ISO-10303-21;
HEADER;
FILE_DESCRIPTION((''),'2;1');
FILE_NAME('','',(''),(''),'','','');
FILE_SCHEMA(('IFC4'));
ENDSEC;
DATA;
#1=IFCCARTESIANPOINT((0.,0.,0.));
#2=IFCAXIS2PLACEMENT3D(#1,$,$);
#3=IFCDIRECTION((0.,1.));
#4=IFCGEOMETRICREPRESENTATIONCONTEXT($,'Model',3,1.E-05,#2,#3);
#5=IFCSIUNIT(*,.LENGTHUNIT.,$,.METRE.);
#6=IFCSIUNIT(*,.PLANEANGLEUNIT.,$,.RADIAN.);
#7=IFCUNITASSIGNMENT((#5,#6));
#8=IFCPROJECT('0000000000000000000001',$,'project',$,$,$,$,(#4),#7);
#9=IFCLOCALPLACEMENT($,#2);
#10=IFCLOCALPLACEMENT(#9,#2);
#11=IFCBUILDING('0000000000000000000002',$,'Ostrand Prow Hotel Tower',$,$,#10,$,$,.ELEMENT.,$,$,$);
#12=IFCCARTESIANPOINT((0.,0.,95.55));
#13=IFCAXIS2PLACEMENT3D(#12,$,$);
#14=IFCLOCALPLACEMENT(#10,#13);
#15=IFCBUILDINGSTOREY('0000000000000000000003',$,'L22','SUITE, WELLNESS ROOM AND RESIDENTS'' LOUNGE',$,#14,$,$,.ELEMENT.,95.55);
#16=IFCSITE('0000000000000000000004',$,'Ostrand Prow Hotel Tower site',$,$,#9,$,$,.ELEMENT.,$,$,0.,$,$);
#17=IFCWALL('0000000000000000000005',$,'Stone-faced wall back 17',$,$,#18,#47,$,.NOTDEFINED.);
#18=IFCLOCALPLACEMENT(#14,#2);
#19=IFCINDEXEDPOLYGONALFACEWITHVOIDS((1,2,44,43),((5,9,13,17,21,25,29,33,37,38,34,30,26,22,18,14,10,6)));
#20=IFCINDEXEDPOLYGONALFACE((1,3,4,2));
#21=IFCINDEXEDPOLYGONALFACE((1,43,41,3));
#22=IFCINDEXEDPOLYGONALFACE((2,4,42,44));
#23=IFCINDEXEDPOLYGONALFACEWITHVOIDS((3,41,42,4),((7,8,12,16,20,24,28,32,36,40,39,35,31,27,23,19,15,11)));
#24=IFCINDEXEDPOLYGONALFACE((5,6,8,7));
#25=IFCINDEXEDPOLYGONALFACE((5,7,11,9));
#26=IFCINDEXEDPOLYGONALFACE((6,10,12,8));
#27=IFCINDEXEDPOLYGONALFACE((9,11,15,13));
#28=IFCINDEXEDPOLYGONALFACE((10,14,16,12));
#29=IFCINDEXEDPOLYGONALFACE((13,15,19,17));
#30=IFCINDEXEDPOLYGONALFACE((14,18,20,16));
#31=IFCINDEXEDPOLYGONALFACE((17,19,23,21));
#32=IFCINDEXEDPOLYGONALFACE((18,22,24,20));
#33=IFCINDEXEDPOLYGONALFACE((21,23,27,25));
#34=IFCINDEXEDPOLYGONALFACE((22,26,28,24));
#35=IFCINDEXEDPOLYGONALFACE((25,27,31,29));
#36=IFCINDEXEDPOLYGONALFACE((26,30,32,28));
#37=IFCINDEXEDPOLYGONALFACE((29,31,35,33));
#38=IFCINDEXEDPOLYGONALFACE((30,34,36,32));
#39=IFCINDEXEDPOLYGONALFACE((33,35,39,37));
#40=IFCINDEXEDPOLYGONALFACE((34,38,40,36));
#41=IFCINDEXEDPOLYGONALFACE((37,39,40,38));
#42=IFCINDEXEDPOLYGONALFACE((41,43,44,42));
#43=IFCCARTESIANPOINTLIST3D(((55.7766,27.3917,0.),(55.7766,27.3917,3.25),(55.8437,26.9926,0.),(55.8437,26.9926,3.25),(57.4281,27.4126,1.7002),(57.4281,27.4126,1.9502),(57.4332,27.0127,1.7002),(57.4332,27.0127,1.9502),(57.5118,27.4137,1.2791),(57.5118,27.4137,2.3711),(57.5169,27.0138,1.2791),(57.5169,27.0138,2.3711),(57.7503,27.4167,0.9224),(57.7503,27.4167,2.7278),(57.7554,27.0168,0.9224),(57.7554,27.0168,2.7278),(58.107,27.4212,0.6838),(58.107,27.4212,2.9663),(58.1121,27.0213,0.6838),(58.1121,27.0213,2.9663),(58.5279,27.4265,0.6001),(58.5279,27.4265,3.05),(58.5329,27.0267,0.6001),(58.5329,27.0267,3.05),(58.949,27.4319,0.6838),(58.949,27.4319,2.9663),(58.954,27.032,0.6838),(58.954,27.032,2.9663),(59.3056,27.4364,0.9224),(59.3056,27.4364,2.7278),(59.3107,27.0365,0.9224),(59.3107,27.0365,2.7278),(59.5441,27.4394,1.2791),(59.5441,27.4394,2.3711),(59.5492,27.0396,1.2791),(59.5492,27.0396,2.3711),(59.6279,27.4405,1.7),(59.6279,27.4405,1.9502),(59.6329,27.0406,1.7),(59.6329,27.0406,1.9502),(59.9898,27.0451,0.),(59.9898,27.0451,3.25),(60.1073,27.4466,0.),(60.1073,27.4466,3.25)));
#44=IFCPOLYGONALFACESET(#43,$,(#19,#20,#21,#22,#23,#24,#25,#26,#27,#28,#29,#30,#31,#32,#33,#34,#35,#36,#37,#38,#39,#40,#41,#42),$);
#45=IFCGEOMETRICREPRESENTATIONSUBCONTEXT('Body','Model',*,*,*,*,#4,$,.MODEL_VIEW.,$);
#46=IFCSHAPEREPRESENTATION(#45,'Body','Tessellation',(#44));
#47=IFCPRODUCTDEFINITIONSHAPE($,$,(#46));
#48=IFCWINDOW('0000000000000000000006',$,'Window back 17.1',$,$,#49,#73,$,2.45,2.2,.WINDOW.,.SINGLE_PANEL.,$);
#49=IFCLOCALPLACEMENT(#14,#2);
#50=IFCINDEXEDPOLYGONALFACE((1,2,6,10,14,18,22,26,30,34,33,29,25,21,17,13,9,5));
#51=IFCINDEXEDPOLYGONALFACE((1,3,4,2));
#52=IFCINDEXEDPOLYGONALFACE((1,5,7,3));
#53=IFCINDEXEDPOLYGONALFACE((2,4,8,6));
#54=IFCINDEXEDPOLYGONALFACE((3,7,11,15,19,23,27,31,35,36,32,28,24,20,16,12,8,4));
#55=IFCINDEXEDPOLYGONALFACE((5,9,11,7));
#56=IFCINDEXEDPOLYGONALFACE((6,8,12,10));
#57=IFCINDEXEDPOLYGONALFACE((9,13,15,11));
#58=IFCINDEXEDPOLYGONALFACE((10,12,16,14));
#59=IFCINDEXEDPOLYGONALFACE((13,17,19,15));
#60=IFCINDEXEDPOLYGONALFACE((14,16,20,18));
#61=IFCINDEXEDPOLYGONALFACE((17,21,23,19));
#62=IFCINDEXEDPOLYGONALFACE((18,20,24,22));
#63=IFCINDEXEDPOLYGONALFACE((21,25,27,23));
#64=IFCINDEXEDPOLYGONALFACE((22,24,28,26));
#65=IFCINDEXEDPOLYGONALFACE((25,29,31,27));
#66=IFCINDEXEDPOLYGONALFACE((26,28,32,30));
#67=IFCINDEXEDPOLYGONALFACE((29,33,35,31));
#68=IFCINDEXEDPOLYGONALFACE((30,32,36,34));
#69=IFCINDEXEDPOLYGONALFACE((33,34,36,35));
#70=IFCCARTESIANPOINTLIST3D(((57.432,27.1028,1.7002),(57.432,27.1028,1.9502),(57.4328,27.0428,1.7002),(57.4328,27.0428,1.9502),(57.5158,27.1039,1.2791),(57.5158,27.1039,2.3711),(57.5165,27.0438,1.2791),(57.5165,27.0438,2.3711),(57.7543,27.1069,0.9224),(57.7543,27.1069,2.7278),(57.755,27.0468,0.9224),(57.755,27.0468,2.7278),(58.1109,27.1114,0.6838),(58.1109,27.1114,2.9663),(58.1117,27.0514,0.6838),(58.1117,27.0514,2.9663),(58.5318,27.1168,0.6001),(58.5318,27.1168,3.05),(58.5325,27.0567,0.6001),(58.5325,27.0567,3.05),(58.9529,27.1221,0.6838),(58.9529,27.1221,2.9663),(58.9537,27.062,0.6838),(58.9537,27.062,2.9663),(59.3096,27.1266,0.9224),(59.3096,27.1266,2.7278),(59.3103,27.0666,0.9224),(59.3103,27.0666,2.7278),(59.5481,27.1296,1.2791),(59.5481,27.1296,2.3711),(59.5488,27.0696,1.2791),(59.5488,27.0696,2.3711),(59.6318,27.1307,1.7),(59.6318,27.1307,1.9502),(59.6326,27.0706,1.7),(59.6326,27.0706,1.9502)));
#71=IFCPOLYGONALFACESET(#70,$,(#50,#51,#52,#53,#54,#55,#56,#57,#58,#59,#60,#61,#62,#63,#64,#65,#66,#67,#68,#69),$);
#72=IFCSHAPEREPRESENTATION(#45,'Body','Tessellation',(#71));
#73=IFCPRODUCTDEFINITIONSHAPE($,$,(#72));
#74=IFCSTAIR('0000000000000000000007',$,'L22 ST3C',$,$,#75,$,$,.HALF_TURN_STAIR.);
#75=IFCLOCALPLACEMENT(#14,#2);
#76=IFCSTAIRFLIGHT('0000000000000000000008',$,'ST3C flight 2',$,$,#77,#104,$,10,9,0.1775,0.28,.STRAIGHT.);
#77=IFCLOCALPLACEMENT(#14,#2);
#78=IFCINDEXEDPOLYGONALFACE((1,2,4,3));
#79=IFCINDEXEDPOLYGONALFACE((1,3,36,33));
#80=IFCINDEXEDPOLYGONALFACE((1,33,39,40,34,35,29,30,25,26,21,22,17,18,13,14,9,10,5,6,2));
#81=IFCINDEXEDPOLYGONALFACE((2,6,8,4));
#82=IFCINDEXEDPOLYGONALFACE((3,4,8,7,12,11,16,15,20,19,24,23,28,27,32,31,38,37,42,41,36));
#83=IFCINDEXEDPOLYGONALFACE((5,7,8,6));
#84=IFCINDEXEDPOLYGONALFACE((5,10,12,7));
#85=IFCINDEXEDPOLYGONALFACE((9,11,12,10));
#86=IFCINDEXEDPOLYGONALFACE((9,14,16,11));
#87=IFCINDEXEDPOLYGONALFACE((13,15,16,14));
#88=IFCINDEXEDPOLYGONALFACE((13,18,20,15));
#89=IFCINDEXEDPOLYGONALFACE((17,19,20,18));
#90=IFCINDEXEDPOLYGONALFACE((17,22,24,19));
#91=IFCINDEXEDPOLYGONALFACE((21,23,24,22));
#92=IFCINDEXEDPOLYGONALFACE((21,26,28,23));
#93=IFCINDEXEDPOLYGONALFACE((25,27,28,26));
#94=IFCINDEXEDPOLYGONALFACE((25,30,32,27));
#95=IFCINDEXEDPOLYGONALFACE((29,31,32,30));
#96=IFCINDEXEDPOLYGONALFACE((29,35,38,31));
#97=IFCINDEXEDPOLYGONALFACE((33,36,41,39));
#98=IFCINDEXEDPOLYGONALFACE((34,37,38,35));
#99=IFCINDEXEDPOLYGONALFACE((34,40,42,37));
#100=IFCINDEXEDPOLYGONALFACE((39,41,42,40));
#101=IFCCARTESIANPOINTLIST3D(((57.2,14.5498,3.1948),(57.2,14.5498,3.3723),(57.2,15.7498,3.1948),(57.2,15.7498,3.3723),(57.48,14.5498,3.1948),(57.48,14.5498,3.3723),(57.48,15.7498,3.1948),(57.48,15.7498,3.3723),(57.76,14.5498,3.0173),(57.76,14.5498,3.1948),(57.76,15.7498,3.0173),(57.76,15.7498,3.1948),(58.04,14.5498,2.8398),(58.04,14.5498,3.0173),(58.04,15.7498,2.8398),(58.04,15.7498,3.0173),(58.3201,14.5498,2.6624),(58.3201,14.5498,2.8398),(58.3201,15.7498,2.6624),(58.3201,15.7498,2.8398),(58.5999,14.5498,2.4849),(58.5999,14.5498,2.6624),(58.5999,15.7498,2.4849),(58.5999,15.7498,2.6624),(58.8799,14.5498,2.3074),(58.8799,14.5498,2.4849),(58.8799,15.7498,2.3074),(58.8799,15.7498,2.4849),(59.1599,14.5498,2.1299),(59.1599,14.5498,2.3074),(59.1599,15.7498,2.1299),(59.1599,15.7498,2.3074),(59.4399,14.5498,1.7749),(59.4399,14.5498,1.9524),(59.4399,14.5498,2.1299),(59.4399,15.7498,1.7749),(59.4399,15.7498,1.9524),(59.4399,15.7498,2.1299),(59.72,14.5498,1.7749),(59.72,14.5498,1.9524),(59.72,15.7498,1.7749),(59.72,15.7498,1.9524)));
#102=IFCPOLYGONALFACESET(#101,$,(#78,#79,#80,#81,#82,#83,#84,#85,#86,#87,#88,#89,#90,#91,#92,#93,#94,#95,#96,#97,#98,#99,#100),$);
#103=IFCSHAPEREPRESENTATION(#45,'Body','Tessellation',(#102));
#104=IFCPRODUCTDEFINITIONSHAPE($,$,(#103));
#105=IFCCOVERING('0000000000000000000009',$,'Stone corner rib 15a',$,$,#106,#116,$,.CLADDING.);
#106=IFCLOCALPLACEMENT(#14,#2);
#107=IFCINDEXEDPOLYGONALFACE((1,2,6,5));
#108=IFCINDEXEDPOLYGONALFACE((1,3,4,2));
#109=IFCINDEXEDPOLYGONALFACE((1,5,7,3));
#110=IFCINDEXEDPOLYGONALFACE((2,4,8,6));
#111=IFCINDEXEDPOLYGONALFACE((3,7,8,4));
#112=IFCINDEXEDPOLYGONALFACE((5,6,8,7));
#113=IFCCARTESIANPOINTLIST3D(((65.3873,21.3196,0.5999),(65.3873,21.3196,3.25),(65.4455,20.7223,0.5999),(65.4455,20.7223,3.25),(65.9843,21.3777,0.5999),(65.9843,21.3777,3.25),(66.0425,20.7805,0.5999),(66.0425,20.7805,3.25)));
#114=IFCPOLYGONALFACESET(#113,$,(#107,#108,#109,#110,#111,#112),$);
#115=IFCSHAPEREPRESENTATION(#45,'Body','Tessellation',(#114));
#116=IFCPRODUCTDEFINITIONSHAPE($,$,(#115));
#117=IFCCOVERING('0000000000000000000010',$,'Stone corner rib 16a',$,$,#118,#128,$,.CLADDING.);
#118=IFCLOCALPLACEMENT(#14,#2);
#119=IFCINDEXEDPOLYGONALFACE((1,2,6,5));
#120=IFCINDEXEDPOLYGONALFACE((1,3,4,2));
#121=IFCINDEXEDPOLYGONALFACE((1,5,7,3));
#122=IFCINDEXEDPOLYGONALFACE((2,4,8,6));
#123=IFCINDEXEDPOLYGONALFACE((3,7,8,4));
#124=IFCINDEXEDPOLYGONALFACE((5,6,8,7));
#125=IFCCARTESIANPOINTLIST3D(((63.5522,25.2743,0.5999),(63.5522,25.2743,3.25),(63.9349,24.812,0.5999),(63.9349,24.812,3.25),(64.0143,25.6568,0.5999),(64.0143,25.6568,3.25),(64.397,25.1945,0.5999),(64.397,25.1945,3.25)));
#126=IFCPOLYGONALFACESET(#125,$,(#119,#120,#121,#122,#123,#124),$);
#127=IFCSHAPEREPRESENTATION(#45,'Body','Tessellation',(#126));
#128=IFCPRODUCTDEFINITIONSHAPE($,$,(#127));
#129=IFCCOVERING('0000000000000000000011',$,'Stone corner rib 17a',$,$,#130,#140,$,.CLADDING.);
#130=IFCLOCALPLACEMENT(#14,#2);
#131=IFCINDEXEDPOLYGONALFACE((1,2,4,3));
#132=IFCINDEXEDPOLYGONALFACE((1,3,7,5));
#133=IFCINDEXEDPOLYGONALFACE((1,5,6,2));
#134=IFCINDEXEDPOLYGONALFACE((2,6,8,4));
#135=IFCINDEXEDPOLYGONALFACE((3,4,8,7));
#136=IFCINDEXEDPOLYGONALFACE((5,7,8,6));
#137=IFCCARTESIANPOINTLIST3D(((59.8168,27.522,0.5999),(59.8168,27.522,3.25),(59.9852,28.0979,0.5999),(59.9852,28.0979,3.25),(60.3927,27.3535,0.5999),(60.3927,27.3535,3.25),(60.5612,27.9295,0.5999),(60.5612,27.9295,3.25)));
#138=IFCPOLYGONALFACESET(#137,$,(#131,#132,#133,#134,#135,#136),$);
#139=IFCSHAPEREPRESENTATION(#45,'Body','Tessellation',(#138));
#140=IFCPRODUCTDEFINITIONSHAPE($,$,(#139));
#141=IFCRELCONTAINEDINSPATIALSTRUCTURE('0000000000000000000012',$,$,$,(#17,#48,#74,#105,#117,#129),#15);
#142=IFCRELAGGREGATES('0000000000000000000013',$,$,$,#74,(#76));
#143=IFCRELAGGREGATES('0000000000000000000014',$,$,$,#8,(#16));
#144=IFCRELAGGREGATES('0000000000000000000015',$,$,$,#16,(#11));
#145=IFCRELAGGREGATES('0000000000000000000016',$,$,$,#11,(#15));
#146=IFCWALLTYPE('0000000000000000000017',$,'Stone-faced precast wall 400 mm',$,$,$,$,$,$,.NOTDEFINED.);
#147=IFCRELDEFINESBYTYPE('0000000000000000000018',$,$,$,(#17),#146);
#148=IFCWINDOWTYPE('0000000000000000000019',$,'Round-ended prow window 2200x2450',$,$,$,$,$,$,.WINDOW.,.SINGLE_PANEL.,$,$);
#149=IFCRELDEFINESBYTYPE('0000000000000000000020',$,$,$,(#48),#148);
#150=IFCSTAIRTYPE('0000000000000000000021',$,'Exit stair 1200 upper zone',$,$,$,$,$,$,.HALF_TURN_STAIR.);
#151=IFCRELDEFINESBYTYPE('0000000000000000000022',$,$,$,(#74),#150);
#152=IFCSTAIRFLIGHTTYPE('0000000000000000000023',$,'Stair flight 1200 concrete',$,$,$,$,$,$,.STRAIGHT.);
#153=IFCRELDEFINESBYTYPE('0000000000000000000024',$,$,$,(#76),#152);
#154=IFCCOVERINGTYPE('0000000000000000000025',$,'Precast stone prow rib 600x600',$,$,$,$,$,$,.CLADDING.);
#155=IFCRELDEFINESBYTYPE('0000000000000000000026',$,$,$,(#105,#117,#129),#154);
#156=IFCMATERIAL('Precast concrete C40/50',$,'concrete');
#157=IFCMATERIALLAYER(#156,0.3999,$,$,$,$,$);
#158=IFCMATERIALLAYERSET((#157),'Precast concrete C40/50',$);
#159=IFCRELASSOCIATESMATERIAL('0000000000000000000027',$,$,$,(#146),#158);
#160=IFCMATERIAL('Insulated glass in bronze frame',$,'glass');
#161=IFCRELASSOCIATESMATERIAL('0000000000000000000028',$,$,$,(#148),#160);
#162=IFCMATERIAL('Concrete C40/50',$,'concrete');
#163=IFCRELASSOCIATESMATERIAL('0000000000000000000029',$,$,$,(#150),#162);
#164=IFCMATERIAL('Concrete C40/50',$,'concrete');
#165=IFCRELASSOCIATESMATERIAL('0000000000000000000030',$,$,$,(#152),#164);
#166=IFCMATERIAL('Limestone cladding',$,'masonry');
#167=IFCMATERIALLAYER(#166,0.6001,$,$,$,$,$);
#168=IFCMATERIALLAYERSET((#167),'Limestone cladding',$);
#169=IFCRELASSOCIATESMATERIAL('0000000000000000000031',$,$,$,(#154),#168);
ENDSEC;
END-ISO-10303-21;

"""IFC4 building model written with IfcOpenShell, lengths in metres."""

from ifc_helpers import new_model, si_unit, direction, frame, frame_2d, origin, place, context, subcontext, project, spatial, polyline, rectangle, outline, extrude, material, layer, layer_set, type_object, element, fill, aggregate, save


model = new_model("IFC4")

# Units and contexts
model_context = context("Model", 3, precision=1e-05, world=origin(), true_north=direction((0.0, 1.0)))
body_context = subcontext(model_context, "Body", "Model", "MODEL_VIEW")
ifc_project = project(units=[si_unit("LENGTHUNIT", "METRE"), si_unit("PLANEANGLEUNIT", "RADIAN")], contexts=[model_context])

# Site, building, storey
site_placement = place(None, origin())
site = spatial("IfcSite", under=ifc_project, at=site_placement, Name="Ostrand Prow Hotel Tower site", CompositionType="ELEMENT", RefElevation=0.0)
building_placement = place(site_placement, origin())
building = spatial("IfcBuilding", under=site, at=building_placement, Name="Ostrand Prow Hotel Tower", CompositionType="ELEMENT")
storey_placement = place(building_placement, frame((0.0, 0.0, 95.55)))
storey = spatial("IfcBuildingStorey", under=building, at=storey_placement, Name="L22", Description="SUITE, WELLNESS ROOM AND RESIDENTS' LOUNGE", CompositionType="ELEMENT", Elevation=95.55)

# Shared definitions
ifc_material_1 = material(Name="Precast concrete C40/50", Category="concrete")
ifc_layer_1 = layer(ifc_material_1, 0.3999)
ifc_layer_set_1 = layer_set([ifc_layer_1], Name="Precast concrete C40/50")
wall_type_1 = type_object("IfcWallType", Name="Stone-faced precast wall 400 mm", PredefinedType="NOTDEFINED", material=ifc_layer_set_1)

# Wall, opening, window
ifc_material_2 = material(Name="Insulated glass in bronze frame", Category="glass")
window_type_1 = type_object("IfcWindowType", Name="Round-ended prow window 2200x2450", PartitioningType="SINGLE_PANEL", PredefinedType="WINDOW", material=ifc_material_2)
wall_1_placement = place(storey_placement, frame((60.0486, 27.2458, 0.0), z_axis=(0.0, 0.0, 1.0), x_axis=(-0.99992, -0.012671, 0.0)))
wall_1 = element("IfcWall", 1, at=wall_1_placement, inside=storey, type_object=wall_type_1, Name="Stone-faced wall back 17", PredefinedType="NOTDEFINED", context=body_context, shape_type="SweptSolid", body=[
    extrude(outline(polyline([(-0.0613, -0.2), (4.2698, -0.2), (4.2078, 0.2), (0.0613, 0.2), (-0.0613, -0.2)])), origin(), (0.0, 0.0, 1.0), 3.25),
])
opening_1_placement = place(wall_1_placement, frame((0.4182, 0.0, 0.6001)))
opening_1 = element("IfcOpeningElement", 2, at=opening_1_placement, cuts=wall_1, PredefinedType="OPENING", context=body_context, shape_type="SweptSolid", body=[
    extrude(outline(polyline([(0.0, 1.3501), (0.0837, 1.771), (0.3223, 2.1277), (0.679, 2.3662), (1.1001, 2.45), (1.521, 2.3662), (1.8777, 2.1277), (2.1162, 1.771), (2.2, 1.3501), (2.2, 1.1001), (2.1162, 0.679), (1.8777, 0.3223), (1.521, 0.0837), (1.1001, 0.0), (0.679, 0.0837), (0.3223, 0.3223), (0.0837, 0.679), (0.0, 1.0999), (0.0, 1.3501)])), frame((0.0, 0.21, 0.0), z_axis=(0.0, -1.0, 0.0), x_axis=(1.0, 0.0, 0.0)), (0.0, 0.0, 1.0), 0.4199),
])
window_1_placement = place(opening_1_placement, origin())
window_1 = element("IfcWindow", 3, at=window_1_placement, inside=storey, type_object=window_type_1, Name="Window back 17.1", OverallHeight=2.45, OverallWidth=2.2, PartitioningType="SINGLE_PANEL", PredefinedType="WINDOW", context=body_context, shape_type="SweptSolid", body=[
    extrude(outline(polyline([(0.0, 1.3501), (0.0837, 1.771), (0.3223, 2.1277), (0.679, 2.3662), (1.1001, 2.45), (1.521, 2.3662), (1.8777, 2.1277), (2.1162, 1.771), (2.2, 1.3501), (2.2, 1.1001), (2.1162, 0.679), (1.8777, 0.3223), (1.521, 0.0837), (1.1001, 0.0), (0.679, 0.0837), (0.3223, 0.3223), (0.0837, 0.679), (0.0, 1.0999), (0.0, 1.3501)])), frame((0.0, 0.1699, 0.0), z_axis=(0.0, -1.0, 0.0), x_axis=(1.0, 0.0, 0.0)), (0.0, 0.0, 1.0), 0.0601),
])
fill(opening_1, window_1)

# Stair, stair flight
ifc_material_3 = material(Name="Concrete C40/50", Category="concrete")
stair_type = type_object("IfcStairType", Name="Exit stair 1200 upper zone", PredefinedType="HALF_TURN_STAIR", material=ifc_material_3)
stair_placement = place(storey_placement, origin())
stair = element("IfcStair", 4, at=stair_placement, inside=storey, type_object=stair_type, Name="L22 ST3C", PredefinedType="HALF_TURN_STAIR")
ifc_material_4 = material(Name="Concrete C40/50", Category="concrete")
stair_flight_type = type_object("IfcStairFlightType", Name="Stair flight 1200 concrete", PredefinedType="STRAIGHT", material=ifc_material_4)
stair_flight_placement = place(storey_placement, frame((59.72, 15.1499, 1.7749), z_axis=(0.0, 0.0, 1.0), x_axis=(-1.0, 0.0, 0.0)))
stair_flight = element("IfcStairFlight", 5, at=stair_flight_placement, type_object=stair_flight_type, Name="ST3C flight 2", NumberOfRisers=10, NumberOfTreads=9, PredefinedType="STRAIGHT", RiserHeight=0.1775, TreadLength=0.28, context=body_context, shape_type="SweptSolid", body=[
    extrude(outline(polyline([(0.0, 0.0), (0.0, 0.1775), (0.28, 0.1775), (0.28, 0.355), (0.5601, 0.355), (0.5601, 0.5325), (0.8401, 0.5325), (0.8401, 0.71), (1.1201, 0.71), (1.1201, 0.8875), (1.3999, 0.8875), (1.3999, 1.0649), (1.6799, 1.0649), (1.6799, 1.2424), (1.96, 1.2424), (1.96, 1.4199), (2.24, 1.4199), (2.24, 1.5974), (2.52, 1.5974), (2.52, 1.7749), (2.52, 1.4199), (0.28, 0.0), (0.0, 0.0)])), frame((0.0, 0.6001, 0.0), z_axis=(0.0, -1.0, 0.0), x_axis=(1.0, 0.0, 0.0)), (0.0, 0.0, 1.0), 1.2),
])
aggregate(stair, [stair_flight])

# Coverings
ifc_material_5 = material(Name="Limestone cladding", Category="masonry")
ifc_layer_2 = layer(ifc_material_5, 0.6001)
ifc_layer_set_2 = layer_set([ifc_layer_2], Name="Limestone cladding")
covering_type = type_object("IfcCoveringType", Name="Precast stone prow rib 600x600", PredefinedType="CLADDING", material=ifc_layer_set_2)
for number, where, z_axis, x_axis, name in (
    (6, (65.4165, 21.021, 0.5999), (0.0, 0.0, 1.0), (0.995296, 0.096884, 0.0), "Stone corner rib 15a"),
    (7, (63.7437, 25.0432, 0.5999), (0.0, 0.0, 1.0), (0.770319, 0.637659, 0.0), "Stone corner rib 16a"),
):
    element("IfcCovering", number, at=place(storey_placement, frame(where, z_axis=z_axis, x_axis=x_axis)), inside=storey, type_object=covering_type, Name=name, PredefinedType="CLADDING", context=body_context, shape_type="SweptSolid", body=[
        extrude(rectangle(XDim=0.5999, YDim=0.6001, at=frame_2d((0.2998, 0.0))), origin(), (0.0, 0.0, 1.0), 2.6501),
    ])
covering_placement = place(storey_placement, frame((60.1047, 27.4377, 0.5999), z_axis=(0.0, 0.0, 1.0), x_axis=(0.280734, 0.959786, 0.0)))
element("IfcCovering", 8, at=covering_placement, inside=storey, type_object=covering_type, Name="Stone corner rib 17a", PredefinedType="CLADDING", context=body_context, shape_type="SweptSolid", body=[
    extrude(rectangle(XDim=0.6001, YDim=0.6001, at=frame_2d((0.3, 0.0))), origin(), (0.0, 0.0, 1.0), 2.6501),
])

save(model, "model.ifc")
